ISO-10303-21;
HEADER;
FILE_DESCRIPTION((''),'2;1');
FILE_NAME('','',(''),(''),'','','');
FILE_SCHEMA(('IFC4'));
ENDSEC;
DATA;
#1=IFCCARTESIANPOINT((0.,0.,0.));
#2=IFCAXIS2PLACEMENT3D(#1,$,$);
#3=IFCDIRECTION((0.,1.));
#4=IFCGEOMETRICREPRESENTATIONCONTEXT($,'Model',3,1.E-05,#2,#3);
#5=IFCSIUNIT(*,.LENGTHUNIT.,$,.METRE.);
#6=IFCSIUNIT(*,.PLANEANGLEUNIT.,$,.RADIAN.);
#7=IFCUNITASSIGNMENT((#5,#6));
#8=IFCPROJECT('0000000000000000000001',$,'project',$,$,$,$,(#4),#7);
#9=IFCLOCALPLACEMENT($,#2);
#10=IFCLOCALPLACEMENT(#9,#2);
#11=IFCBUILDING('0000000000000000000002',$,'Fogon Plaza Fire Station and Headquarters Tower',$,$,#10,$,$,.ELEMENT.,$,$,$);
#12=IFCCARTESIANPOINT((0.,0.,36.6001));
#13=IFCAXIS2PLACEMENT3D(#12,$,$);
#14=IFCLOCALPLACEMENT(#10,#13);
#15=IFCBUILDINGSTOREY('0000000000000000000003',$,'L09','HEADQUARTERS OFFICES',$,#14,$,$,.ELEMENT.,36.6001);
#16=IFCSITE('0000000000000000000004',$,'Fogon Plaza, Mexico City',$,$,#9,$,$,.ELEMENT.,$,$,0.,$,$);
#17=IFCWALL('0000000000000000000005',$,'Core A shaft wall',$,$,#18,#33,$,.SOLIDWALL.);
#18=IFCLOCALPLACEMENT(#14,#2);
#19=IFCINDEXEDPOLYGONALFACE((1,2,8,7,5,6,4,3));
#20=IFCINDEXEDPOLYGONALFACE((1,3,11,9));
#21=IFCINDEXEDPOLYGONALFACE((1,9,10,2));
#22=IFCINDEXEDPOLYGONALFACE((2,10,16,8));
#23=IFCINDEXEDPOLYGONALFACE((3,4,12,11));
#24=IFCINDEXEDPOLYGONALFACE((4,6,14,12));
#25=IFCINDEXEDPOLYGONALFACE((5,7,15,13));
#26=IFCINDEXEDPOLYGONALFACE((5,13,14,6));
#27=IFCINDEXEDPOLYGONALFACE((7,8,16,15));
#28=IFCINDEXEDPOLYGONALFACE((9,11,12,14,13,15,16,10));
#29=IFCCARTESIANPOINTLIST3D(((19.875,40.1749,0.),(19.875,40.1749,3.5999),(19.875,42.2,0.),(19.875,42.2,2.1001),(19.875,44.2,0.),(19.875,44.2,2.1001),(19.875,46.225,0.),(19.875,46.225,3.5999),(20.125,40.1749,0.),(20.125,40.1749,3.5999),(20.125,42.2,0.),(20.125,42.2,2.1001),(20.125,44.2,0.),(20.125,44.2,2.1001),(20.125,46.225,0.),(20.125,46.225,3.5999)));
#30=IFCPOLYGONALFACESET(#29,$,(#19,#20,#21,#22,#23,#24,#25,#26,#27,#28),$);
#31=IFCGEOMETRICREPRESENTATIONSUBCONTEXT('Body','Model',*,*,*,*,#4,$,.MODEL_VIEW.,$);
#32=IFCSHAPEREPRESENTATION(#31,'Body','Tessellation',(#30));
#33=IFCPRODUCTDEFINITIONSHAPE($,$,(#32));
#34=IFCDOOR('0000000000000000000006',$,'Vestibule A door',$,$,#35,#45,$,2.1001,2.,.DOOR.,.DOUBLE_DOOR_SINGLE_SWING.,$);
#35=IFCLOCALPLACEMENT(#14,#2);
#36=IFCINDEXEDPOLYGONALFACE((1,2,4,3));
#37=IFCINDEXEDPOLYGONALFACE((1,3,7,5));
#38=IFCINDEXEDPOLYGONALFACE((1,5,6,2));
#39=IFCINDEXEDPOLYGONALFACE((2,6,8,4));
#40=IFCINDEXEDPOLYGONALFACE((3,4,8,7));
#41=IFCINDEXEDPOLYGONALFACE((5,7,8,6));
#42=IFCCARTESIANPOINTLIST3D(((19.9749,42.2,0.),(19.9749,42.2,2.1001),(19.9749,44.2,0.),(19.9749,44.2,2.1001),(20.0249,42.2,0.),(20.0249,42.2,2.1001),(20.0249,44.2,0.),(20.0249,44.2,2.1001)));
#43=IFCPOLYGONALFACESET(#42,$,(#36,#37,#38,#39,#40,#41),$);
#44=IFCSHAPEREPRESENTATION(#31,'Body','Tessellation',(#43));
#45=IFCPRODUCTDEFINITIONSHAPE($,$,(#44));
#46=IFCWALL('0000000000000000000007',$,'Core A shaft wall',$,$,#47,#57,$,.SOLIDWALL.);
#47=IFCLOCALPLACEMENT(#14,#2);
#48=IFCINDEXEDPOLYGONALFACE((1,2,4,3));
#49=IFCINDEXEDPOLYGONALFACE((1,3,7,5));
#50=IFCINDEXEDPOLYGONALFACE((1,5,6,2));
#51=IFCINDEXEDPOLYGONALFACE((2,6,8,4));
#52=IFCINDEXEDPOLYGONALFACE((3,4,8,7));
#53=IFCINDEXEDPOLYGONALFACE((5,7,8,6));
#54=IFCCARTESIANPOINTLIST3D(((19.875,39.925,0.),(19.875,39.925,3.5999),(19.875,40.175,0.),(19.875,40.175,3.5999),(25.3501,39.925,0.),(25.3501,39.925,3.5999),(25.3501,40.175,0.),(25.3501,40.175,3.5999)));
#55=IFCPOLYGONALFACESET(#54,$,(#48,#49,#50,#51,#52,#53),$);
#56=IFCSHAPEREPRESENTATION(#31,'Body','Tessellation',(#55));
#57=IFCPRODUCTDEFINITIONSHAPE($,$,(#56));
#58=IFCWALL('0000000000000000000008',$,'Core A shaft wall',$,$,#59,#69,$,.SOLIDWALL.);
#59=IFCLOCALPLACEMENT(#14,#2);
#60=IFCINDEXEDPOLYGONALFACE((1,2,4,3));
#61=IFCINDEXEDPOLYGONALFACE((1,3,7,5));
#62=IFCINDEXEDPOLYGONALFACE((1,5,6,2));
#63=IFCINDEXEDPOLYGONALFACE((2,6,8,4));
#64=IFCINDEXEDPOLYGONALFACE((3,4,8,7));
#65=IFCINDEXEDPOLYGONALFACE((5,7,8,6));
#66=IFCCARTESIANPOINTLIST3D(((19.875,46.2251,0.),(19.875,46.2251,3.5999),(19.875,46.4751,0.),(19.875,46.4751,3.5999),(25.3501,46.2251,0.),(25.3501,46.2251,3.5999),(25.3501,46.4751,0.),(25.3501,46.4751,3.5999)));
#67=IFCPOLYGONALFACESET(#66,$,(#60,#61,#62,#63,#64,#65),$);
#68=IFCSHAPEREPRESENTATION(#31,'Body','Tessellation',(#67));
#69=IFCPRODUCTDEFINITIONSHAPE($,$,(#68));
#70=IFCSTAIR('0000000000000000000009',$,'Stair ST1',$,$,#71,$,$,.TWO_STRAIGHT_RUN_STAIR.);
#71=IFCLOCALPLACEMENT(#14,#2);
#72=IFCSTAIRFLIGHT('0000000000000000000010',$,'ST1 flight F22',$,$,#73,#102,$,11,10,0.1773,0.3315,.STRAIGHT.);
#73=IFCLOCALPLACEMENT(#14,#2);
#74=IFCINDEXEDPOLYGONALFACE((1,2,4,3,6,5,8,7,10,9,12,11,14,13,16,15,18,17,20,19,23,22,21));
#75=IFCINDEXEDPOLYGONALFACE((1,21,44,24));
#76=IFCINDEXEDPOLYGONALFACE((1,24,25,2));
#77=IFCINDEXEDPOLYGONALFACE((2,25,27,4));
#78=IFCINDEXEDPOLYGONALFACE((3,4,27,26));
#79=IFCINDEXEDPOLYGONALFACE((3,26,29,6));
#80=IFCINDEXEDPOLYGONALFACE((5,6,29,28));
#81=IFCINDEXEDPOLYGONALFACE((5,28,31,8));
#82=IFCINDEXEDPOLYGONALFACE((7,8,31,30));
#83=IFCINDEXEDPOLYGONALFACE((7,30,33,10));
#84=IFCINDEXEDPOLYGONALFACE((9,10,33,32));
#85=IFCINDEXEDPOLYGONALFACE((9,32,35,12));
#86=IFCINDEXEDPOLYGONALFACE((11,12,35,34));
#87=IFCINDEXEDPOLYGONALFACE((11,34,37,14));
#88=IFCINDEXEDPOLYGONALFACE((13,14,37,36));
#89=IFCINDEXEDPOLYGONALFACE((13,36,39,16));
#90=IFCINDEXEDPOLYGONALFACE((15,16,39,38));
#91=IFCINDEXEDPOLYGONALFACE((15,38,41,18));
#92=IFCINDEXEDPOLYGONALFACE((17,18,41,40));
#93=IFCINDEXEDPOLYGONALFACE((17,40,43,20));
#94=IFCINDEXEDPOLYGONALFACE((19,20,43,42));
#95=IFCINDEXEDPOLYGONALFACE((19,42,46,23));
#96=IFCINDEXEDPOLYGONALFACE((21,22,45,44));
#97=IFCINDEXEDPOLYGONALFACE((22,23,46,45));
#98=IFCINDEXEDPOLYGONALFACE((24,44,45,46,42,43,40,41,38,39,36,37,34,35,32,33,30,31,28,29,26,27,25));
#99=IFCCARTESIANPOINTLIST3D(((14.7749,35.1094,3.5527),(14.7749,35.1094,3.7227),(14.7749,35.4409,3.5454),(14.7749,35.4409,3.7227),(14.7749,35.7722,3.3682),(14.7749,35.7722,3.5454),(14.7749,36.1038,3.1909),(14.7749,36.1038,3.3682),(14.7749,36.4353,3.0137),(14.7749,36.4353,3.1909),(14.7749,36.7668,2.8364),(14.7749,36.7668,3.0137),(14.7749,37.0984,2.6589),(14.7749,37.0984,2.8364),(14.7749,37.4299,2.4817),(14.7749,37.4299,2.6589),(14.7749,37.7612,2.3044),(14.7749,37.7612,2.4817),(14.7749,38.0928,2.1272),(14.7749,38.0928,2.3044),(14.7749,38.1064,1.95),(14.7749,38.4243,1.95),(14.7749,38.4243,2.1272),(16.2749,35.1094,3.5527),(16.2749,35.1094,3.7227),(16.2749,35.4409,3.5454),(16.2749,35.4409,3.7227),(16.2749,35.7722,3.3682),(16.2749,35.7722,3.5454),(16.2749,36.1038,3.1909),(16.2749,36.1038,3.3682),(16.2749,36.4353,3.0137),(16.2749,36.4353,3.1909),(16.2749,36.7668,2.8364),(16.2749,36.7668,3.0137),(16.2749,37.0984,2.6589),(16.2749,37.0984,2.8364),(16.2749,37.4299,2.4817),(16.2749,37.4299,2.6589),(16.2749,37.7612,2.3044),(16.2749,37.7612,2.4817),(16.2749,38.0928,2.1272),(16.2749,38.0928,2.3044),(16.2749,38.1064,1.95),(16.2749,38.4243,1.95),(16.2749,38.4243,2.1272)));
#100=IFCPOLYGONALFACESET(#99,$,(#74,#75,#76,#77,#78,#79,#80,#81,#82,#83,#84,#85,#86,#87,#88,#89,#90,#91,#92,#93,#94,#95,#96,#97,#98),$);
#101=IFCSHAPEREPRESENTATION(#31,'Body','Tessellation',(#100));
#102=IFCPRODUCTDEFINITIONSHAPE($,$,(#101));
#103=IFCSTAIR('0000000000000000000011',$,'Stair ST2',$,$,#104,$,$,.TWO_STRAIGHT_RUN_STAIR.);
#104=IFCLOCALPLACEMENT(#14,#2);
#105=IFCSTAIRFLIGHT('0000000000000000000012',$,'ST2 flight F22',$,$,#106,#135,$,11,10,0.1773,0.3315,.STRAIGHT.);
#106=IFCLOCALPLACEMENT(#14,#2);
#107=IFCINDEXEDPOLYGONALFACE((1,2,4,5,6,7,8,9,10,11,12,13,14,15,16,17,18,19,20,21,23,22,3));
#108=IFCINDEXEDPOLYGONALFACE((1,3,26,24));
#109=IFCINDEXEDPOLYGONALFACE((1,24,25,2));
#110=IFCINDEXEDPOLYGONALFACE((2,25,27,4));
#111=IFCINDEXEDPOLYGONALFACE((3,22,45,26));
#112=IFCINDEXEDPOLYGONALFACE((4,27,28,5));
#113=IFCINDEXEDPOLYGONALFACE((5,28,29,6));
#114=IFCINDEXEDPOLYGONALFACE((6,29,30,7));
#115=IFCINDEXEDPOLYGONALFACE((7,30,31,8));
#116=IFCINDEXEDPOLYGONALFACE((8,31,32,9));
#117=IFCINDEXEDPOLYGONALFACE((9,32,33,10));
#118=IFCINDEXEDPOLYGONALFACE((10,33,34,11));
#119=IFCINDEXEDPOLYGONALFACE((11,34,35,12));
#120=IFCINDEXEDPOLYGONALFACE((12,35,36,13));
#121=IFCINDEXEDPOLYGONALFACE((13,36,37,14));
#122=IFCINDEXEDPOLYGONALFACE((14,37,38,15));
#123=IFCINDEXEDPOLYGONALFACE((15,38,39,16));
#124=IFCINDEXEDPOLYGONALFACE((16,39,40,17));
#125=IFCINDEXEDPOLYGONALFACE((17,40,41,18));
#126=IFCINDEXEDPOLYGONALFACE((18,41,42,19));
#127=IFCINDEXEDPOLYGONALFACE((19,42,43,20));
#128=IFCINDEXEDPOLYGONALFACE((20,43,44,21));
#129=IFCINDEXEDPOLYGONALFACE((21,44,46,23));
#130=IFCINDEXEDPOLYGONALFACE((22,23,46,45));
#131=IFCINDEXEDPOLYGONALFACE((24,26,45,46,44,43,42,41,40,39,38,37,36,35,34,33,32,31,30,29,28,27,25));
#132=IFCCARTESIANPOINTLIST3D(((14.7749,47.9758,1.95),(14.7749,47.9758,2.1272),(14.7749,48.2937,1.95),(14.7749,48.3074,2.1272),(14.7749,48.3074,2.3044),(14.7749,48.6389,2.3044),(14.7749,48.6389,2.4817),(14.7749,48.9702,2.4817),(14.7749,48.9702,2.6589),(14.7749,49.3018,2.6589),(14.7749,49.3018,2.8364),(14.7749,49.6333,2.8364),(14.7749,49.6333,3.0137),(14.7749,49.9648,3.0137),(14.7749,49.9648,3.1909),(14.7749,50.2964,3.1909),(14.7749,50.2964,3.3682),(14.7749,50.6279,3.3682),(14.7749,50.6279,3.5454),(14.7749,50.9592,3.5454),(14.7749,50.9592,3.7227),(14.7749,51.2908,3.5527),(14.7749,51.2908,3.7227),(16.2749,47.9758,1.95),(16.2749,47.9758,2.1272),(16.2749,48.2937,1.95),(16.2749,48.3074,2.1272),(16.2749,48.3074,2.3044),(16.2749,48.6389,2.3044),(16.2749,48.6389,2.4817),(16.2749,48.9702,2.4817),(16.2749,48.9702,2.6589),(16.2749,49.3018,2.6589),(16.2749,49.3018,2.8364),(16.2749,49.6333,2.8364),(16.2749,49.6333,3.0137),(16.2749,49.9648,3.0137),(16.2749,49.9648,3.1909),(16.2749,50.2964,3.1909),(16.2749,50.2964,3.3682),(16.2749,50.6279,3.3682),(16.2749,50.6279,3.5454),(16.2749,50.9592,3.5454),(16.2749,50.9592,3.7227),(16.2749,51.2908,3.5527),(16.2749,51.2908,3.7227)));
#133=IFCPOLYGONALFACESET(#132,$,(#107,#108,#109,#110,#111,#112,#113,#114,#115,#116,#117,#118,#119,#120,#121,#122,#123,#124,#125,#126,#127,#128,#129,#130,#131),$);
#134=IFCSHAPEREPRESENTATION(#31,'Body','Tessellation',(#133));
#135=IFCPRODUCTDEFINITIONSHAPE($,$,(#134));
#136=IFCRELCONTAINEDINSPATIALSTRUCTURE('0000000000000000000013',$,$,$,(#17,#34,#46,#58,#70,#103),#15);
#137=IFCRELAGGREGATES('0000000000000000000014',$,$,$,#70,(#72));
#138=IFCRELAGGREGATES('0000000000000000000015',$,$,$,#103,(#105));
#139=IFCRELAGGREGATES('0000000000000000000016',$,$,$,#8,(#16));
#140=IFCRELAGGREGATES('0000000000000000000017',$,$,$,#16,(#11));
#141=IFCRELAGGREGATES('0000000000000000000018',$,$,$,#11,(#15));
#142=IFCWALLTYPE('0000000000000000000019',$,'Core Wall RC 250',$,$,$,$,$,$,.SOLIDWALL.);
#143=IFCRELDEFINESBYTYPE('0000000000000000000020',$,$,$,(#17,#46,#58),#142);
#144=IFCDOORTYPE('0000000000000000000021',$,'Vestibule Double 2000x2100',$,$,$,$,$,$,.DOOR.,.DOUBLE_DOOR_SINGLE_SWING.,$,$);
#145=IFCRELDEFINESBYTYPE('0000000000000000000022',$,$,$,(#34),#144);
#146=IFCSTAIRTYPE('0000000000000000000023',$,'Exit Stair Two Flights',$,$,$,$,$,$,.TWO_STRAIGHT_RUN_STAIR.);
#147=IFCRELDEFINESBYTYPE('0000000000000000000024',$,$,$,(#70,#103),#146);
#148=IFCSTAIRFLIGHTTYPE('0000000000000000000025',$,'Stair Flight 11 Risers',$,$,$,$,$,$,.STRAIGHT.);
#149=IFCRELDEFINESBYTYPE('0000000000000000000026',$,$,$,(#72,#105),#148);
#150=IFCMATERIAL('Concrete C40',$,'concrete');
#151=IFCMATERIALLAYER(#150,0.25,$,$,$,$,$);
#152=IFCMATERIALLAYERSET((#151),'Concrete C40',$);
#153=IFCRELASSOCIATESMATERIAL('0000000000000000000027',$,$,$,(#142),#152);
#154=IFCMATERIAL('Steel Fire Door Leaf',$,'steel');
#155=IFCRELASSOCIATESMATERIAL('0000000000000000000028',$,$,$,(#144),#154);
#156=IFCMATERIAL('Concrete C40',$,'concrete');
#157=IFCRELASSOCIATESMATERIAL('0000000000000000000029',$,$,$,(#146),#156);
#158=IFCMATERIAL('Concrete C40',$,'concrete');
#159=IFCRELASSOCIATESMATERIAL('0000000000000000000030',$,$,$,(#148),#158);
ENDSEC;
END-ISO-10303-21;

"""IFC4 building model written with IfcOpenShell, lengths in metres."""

from ifc_helpers import new_model, si_unit, direction, frame, frame_2d, origin, place, context, subcontext, project, spatial, polyline, rectangle, outline, extrude, material, layer, layer_set, type_object, element, fill, aggregate, save


model = new_model("IFC4")

# Units and contexts
model_context = context("Model", 3, precision=1e-05, world=origin(), true_north=direction((0.0, 1.0)))
body_context = subcontext(model_context, "Body", "Model", "MODEL_VIEW")
ifc_project = project(units=[si_unit("LENGTHUNIT", "METRE"), si_unit("PLANEANGLEUNIT", "RADIAN")], contexts=[model_context])

# Site, building, storey
site_placement = place(None, origin())
site = spatial("IfcSite", under=ifc_project, at=site_placement, Name="Fogon Plaza, Mexico City", CompositionType="ELEMENT", RefElevation=0.0)
building_placement = place(site_placement, origin())
building = spatial("IfcBuilding", under=site, at=building_placement, Name="Fogon Plaza Fire Station and Headquarters Tower", CompositionType="ELEMENT")
storey_placement = place(building_placement, frame((0.0, 0.0, 36.6001)))
storey = spatial("IfcBuildingStorey", under=building, at=storey_placement, Name="L09", Description="HEADQUARTERS OFFICES", CompositionType="ELEMENT", Elevation=36.6001)

# Shared definitions
ifc_material_1 = material(Name="Concrete C40", Category="concrete")
ifc_layer = layer(ifc_material_1, 0.25)
ifc_layer_set = layer_set([ifc_layer], Name="Concrete C40")
wall_type = type_object("IfcWallType", Name="Core Wall RC 250", PredefinedType="SOLIDWALL", material=ifc_layer_set)

# Wall, opening, door
wall_1_placement = place(storey_placement, frame((20.0, 40.175, 0.0), z_axis=(0.0, 0.0, 1.0), x_axis=(0.0, 1.0, 0.0)))
wall_1 = element("IfcWall", 1, at=wall_1_placement, inside=storey, type_object=wall_type, Name="Core A shaft wall", PredefinedType="SOLIDWALL", context=body_context, shape_type="SweptSolid", body=[
    extrude(rectangle(XDim=6.05, YDim=0.25, at=frame_2d((3.0249, 0.0))), origin(), (0.0, 0.0, 1.0), 3.5999),
])
opening_1_placement = place(wall_1_placement, frame((2.0249, 0.0, 0.0)))
opening_1 = element("IfcOpeningElement", 2, at=opening_1_placement, cuts=wall_1, PredefinedType="OPENING", context=body_context, shape_type="SweptSolid", body=[
    extrude(rectangle(XDim=2.0, YDim=2.1001, at=frame_2d((1.0, 1.05))), frame((0.0, 0.135, 0.0), z_axis=(0.0, -1.0, 0.0), x_axis=(1.0, 0.0, 0.0)), (0.0, 0.0, 1.0), 0.27),
])
ifc_material_2 = material(Name="Steel Fire Door Leaf", Category="steel")
door_type_1 = type_object("IfcDoorType", Name="Vestibule Double 2000x2100", OperationType="DOUBLE_DOOR_SINGLE_SWING", PredefinedType="DOOR", material=ifc_material_2)
door_1_placement = place(opening_1_placement, frame((2.0, 0.0, 0.0), z_axis=(0.0, 0.0, 1.0), x_axis=(-1.0, 0.0, 0.0)))
door_1 = element("IfcDoor", 3, at=door_1_placement, inside=storey, type_object=door_type_1, Name="Vestibule A door", OperationType="DOUBLE_DOOR_SINGLE_SWING", OverallHeight=2.1001, OverallWidth=2.0, PredefinedType="DOOR", context=body_context, shape_type="SweptSolid", body=[
    extrude(rectangle(XDim=2.0, YDim=2.1001, at=frame_2d((1.0, 1.05))), frame((0.0, 0.0249, 0.0), z_axis=(0.0, -1.0, 0.0), x_axis=(1.0, 0.0, 0.0)), (0.0, 0.0, 1.0), 0.05),
])
fill(opening_1, door_1)

# Walls
for number, where, z_axis, x_axis, name in (
    (4, (19.875, 40.05, 0.0), (0.0, 0.0, 1.0), (1.0, 0.0, 0.0), "Core A shaft wall"),
    (5, (19.875, 46.3501, 0.0), (0.0, 0.0, 1.0), (1.0, 0.0, 0.0), "Core A shaft wall"),
):
    element("IfcWall", number, at=place(storey_placement, frame(where, z_axis=z_axis, x_axis=x_axis)), inside=storey, type_object=wall_type, Name=name, PredefinedType="SOLIDWALL", context=body_context, shape_type="SweptSolid", body=[
        extrude(rectangle(XDim=5.4751, YDim=0.25, at=frame_2d((2.7375, 0.0))), origin(), (0.0, 0.0, 1.0), 3.5999),
    ])

# Stairs, stair flights
ifc_material_3 = material(Name="Concrete C40", Category="concrete")
stair_type = type_object("IfcStairType", Name="Exit Stair Two Flights", PredefinedType="TWO_STRAIGHT_RUN_STAIR", material=ifc_material_3)
stair_1_placement = place(storey_placement, origin())
stair_1 = element("IfcStair", 6, at=stair_1_placement, inside=storey, type_object=stair_type, Name="Stair ST1", PredefinedType="TWO_STRAIGHT_RUN_STAIR")
ifc_material_4 = material(Name="Concrete C40", Category="concrete")
stair_flight_type = type_object("IfcStairFlightType", Name="Stair Flight 11 Risers", PredefinedType="STRAIGHT", material=ifc_material_4)
stair_flight_1_placement = place(storey_placement, frame((15.5249, 38.4243, 1.95), z_axis=(0.0, 0.0, 1.0), x_axis=(0.0, -1.0, 0.0)))
stair_flight_1 = element("IfcStairFlight", 7, at=stair_flight_1_placement, type_object=stair_flight_type, Name="ST1 flight F22", NumberOfRisers=11, NumberOfTreads=10, PredefinedType="STRAIGHT", RiserHeight=0.1773, TreadLength=0.3315, context=body_context, shape_type="SweptSolid", body=[
    extrude(outline(polyline([(0.0, 0.0), (0.0, 0.1772), (0.3315, 0.1772), (0.3315, 0.3545), (0.6631, 0.3545), (0.6631, 0.5317), (0.9944, 0.5317), (0.9944, 0.709), (1.3259, 0.709), (1.3259, 0.8865), (1.6575, 0.8865), (1.6575, 1.0637), (1.989, 1.0637), (1.989, 1.241), (2.3206, 1.241), (2.3206, 1.4182), (2.6521, 1.4182), (2.6521, 1.5955), (2.9834, 1.5955), (2.9834, 1.7727), (3.3149, 1.7727), (3.3149, 1.95), (3.3149, 1.6028), (0.3179, 0.0), (0.0, 0.0)])), frame((0.0, 0.75, 0.0), z_axis=(0.0, -1.0, 0.0), x_axis=(1.0, 0.0, 0.0)), (0.0, 0.0, 1.0), 1.5),
])
aggregate(stair_1, [stair_flight_1])
stair_2_placement = place(storey_placement, origin())
stair_2 = element("IfcStair", 8, at=stair_2_placement, inside=storey, type_object=stair_type, Name="Stair ST2", PredefinedType="TWO_STRAIGHT_RUN_STAIR")
stair_flight_2_placement = place(storey_placement, frame((15.5249, 47.9758, 1.95), z_axis=(0.0, 0.0, 1.0), x_axis=(0.0, 1.0, 0.0)))
stair_flight_2 = element("IfcStairFlight", 9, at=stair_flight_2_placement, type_object=stair_flight_type, Name="ST2 flight F22", NumberOfRisers=11, NumberOfTreads=10, PredefinedType="STRAIGHT", RiserHeight=0.1773, TreadLength=0.3315, context=body_context, shape_type="SweptSolid", body=[
    extrude(outline(polyline([(0.0, 0.0), (0.0, 0.1772), (0.3315, 0.1772), (0.3315, 0.3545), (0.6631, 0.3545), (0.6631, 0.5317), (0.9944, 0.5317), (0.9944, 0.709), (1.3259, 0.709), (1.3259, 0.8865), (1.6575, 0.8865), (1.6575, 1.0637), (1.989, 1.0637), (1.989, 1.241), (2.3206, 1.241), (2.3206, 1.4182), (2.6521, 1.4182), (2.6521, 1.5955), (2.9834, 1.5955), (2.9834, 1.7727), (3.3149, 1.7727), (3.3149, 1.95), (3.3149, 1.6028), (0.3179, 0.0), (0.0, 0.0)])), frame((0.0, 0.75, 0.0), z_axis=(0.0, -1.0, 0.0), x_axis=(1.0, 0.0, 0.0)), (0.0, 0.0, 1.0), 1.5),
])
aggregate(stair_2, [stair_flight_2])

save(model, "model.ifc")
